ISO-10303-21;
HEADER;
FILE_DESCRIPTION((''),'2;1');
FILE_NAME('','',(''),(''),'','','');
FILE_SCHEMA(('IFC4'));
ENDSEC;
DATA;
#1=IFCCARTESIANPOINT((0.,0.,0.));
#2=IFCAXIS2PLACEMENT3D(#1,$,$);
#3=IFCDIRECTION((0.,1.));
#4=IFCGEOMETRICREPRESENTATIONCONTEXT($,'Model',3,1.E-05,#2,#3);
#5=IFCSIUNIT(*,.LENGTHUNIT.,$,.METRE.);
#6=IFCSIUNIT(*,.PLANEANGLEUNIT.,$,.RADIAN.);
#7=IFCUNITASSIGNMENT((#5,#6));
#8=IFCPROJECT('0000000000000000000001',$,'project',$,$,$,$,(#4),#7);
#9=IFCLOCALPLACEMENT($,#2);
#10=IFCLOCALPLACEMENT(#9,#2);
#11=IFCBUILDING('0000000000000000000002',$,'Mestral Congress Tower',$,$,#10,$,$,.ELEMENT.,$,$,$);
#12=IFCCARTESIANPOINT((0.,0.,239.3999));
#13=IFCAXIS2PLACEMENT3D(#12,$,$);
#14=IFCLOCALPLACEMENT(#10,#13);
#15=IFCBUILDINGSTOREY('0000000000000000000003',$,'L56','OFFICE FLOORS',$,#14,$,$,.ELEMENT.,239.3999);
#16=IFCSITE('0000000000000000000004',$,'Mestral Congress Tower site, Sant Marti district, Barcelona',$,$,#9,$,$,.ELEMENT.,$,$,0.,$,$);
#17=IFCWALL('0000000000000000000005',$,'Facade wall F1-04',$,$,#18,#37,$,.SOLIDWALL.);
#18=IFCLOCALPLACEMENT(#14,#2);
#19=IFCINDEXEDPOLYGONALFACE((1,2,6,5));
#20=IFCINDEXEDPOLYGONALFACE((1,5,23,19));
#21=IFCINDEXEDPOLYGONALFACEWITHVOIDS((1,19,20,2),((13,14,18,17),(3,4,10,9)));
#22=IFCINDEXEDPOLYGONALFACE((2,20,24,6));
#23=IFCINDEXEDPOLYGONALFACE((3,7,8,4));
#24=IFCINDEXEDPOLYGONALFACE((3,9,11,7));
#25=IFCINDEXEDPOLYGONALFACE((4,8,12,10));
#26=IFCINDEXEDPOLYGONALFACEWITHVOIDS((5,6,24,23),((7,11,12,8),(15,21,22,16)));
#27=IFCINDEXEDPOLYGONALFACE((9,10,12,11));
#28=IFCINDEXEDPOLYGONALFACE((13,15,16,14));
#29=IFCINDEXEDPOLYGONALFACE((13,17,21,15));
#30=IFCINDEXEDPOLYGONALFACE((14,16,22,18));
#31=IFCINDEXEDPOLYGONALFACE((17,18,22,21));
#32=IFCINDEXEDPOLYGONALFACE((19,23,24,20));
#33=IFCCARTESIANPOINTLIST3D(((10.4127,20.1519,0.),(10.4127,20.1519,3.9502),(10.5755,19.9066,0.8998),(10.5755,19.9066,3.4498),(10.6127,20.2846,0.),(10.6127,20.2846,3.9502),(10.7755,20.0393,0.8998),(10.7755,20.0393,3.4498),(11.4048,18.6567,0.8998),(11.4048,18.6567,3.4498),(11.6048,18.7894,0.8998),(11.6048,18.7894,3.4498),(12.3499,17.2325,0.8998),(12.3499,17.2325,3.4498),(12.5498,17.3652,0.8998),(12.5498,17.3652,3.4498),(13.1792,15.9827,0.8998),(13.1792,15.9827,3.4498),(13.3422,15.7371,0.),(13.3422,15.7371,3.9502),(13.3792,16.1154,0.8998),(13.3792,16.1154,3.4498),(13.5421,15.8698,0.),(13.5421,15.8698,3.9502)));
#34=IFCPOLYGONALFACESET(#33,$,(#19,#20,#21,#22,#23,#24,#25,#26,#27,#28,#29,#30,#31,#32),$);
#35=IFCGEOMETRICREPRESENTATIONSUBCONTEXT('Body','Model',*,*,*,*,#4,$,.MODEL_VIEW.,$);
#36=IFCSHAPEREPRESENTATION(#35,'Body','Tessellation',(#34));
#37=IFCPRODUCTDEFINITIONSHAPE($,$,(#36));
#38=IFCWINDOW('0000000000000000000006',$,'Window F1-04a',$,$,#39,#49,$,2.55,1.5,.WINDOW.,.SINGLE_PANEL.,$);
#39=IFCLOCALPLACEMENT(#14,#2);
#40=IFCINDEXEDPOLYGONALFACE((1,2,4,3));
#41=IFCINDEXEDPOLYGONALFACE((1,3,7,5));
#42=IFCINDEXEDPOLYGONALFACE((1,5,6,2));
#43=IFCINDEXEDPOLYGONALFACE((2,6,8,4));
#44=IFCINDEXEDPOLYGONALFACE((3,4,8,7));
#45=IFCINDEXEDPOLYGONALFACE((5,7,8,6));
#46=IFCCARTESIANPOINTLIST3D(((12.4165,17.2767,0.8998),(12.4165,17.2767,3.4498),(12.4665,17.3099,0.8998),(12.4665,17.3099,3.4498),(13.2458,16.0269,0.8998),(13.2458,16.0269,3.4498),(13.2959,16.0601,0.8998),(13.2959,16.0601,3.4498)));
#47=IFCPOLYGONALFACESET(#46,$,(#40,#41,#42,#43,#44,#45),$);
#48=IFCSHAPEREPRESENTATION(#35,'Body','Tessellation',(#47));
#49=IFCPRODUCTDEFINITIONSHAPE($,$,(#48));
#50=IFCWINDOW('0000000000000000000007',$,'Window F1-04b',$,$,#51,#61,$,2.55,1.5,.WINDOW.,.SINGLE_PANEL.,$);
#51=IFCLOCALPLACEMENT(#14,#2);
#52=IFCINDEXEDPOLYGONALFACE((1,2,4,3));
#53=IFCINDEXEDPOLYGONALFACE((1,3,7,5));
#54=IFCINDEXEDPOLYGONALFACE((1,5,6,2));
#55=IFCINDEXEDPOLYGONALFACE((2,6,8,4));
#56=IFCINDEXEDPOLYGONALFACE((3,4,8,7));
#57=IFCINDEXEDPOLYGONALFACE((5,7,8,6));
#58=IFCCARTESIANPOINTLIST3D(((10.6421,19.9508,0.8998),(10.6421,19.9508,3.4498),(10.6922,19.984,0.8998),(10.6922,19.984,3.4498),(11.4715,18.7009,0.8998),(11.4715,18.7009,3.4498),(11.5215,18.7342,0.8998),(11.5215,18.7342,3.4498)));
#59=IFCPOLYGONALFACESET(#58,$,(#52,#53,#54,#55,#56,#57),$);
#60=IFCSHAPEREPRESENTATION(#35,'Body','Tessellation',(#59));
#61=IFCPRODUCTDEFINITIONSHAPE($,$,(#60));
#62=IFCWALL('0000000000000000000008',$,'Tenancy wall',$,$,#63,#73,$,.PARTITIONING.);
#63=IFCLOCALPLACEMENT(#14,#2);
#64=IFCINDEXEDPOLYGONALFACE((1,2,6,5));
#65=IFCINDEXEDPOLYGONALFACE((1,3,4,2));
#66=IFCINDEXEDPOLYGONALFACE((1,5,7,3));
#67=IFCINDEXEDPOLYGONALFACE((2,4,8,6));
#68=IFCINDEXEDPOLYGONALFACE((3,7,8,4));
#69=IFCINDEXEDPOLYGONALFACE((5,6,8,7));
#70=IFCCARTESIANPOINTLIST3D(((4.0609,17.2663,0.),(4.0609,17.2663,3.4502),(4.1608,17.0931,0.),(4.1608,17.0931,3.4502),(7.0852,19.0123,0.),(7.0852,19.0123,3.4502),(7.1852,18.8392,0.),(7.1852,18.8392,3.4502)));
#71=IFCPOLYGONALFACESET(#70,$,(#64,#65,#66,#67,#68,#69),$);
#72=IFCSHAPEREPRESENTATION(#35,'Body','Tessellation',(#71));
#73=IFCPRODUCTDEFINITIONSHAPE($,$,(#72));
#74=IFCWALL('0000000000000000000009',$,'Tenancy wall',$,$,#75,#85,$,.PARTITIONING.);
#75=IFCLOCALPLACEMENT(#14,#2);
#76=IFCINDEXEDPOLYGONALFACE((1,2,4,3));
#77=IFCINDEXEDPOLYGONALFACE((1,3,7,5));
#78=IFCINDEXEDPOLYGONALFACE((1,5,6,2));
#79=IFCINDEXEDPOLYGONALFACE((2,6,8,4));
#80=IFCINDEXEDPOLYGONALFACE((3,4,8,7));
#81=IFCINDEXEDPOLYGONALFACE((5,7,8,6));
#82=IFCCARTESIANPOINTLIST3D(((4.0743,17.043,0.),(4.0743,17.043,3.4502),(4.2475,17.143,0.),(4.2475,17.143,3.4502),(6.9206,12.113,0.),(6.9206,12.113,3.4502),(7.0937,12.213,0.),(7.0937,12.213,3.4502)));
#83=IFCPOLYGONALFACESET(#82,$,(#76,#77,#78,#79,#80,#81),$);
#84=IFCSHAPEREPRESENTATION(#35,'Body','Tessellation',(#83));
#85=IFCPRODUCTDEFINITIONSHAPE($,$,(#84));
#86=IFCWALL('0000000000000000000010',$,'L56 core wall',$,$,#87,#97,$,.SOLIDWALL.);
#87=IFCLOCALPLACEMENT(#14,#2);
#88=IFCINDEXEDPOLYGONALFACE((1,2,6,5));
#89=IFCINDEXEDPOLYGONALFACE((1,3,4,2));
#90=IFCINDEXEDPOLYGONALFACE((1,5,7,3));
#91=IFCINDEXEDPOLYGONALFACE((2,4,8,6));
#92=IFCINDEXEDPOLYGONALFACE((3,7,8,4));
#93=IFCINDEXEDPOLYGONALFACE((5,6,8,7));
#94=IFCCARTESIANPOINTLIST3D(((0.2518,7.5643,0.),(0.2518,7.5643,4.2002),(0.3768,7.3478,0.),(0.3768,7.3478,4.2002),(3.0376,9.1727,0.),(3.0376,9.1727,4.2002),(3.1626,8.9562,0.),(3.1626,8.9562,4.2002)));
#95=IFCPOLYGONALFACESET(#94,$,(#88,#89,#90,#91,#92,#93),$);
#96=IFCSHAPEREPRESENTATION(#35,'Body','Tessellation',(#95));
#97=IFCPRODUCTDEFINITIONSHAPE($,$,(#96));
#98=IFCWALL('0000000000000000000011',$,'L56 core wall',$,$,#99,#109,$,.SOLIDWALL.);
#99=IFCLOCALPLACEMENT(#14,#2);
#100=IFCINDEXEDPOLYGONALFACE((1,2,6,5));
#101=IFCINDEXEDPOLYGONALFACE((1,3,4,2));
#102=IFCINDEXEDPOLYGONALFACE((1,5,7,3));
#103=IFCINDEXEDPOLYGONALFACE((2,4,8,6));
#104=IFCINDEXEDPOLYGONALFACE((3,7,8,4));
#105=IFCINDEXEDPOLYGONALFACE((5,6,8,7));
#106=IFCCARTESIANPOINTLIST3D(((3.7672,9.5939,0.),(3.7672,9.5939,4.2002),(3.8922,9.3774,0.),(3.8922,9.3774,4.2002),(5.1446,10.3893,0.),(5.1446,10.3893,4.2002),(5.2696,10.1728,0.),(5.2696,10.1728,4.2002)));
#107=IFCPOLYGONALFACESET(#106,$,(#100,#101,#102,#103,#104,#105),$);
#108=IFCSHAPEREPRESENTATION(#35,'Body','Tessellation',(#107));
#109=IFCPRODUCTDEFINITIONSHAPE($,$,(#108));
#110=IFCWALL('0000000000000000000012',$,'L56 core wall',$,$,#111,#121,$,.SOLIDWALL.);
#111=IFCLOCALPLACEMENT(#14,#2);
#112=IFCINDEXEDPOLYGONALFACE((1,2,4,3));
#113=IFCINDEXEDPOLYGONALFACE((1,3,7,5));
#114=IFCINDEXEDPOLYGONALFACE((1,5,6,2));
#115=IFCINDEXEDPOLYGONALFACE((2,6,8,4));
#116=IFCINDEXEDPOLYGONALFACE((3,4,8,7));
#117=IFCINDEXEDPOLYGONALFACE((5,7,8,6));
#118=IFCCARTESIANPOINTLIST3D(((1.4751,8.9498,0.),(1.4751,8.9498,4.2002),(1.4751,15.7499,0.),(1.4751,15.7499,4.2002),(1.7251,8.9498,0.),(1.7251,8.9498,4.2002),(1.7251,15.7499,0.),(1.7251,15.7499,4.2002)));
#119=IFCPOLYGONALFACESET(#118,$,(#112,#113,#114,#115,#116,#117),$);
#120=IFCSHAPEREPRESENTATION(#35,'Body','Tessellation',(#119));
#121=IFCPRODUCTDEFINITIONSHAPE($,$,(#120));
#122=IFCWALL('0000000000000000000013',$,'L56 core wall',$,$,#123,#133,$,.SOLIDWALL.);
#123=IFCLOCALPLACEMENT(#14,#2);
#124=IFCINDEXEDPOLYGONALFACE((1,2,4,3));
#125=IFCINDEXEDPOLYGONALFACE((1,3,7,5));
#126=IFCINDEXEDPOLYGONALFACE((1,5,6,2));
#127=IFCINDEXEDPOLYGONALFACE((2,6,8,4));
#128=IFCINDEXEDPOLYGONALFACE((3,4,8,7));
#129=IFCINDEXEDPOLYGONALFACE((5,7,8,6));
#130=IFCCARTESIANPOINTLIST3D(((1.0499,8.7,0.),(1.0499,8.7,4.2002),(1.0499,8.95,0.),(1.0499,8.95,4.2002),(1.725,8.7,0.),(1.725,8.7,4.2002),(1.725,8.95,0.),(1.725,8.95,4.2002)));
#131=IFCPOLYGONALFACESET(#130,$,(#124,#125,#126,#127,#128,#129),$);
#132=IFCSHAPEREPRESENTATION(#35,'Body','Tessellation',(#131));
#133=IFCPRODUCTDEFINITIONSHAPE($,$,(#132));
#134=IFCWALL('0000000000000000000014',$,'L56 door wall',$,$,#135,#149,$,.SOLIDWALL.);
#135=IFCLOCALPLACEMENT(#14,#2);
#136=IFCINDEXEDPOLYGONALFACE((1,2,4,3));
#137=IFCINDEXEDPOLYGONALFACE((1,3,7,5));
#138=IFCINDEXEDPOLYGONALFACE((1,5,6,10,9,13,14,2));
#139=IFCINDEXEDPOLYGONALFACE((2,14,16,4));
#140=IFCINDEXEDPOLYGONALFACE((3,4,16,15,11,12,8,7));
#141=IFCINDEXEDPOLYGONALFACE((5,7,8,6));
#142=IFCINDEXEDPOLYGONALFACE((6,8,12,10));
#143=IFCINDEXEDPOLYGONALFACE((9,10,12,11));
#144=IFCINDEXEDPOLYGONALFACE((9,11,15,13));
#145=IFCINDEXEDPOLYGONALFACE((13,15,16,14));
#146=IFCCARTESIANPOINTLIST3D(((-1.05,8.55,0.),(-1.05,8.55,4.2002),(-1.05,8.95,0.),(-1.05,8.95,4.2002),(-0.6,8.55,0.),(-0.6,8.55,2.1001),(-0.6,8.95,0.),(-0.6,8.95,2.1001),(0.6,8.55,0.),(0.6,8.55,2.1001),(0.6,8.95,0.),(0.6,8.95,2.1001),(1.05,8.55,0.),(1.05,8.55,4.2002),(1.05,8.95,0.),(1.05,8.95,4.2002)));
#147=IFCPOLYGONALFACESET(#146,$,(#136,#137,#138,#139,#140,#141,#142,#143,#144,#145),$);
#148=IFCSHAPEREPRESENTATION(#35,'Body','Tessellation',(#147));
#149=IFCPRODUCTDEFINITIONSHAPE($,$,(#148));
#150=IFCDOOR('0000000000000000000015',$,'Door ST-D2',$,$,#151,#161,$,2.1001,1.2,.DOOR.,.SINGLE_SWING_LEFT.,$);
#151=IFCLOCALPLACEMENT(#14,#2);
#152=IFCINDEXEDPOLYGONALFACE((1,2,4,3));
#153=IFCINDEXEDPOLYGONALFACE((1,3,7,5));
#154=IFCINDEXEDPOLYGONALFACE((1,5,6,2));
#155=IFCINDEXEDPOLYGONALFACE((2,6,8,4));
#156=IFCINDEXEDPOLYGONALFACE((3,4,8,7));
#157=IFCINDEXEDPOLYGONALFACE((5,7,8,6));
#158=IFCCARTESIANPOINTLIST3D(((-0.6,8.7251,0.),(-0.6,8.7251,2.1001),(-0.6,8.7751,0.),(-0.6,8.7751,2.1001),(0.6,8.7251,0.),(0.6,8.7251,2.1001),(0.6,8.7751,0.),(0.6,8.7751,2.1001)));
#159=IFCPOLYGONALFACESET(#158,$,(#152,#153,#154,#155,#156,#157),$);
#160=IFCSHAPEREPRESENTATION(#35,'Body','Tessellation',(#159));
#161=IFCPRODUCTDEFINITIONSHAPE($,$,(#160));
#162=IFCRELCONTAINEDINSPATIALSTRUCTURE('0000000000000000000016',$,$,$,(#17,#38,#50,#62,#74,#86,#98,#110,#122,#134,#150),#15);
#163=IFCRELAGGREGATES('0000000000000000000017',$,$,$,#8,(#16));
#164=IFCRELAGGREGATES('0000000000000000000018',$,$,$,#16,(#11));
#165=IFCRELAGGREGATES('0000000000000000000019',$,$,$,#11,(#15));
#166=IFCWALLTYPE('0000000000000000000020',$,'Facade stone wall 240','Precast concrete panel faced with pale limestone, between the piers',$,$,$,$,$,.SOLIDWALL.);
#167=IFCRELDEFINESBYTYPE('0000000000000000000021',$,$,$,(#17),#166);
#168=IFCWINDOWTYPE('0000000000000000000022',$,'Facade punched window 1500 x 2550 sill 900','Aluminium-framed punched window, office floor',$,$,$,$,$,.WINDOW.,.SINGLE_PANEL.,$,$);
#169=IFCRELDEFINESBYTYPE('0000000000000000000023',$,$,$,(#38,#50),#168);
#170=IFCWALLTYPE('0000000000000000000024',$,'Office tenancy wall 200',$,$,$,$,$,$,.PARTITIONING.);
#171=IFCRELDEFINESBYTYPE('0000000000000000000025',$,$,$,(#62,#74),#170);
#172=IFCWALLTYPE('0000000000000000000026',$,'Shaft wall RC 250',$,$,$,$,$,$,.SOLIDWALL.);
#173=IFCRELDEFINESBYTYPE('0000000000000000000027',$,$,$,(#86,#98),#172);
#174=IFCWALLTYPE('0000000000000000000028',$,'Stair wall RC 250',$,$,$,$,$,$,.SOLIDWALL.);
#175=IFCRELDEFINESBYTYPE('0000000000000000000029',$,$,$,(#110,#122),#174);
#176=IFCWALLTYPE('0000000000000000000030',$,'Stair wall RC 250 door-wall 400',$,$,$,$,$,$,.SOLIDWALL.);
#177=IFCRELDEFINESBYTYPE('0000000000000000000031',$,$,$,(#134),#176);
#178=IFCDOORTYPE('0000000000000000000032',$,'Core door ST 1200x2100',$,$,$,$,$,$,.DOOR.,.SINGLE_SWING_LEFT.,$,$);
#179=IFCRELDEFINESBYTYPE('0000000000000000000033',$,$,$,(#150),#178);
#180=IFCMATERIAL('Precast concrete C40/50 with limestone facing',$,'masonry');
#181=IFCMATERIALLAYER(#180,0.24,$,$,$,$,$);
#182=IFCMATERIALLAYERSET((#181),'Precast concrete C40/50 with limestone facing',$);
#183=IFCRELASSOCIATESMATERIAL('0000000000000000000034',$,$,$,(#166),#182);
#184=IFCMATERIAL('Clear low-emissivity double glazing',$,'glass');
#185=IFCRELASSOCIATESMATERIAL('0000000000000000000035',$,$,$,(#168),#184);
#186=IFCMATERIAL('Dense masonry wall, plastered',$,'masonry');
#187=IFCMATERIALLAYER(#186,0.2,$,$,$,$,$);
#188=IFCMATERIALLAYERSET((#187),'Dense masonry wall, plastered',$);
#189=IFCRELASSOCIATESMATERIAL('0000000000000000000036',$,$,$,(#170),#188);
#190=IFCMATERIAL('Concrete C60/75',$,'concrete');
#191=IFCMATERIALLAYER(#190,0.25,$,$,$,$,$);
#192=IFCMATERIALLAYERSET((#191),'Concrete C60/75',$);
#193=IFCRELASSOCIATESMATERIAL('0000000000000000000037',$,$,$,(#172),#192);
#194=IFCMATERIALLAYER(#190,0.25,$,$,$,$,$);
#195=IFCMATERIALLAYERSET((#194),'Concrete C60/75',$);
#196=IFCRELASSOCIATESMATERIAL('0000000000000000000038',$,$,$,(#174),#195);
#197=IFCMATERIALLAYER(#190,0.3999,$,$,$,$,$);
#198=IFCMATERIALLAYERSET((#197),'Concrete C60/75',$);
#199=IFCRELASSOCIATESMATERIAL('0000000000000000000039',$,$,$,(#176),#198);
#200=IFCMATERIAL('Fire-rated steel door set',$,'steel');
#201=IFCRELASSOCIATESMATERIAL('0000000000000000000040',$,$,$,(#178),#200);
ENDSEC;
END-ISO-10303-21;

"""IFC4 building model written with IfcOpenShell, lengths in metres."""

from ifc_helpers import new_model, si_unit, direction, frame, frame_2d, origin, place, context, subcontext, project, spatial, rectangle, extrude, material, layer, layer_set, type_object, element, fill, save


model = new_model("IFC4")

# Units and contexts
model_context = context("Model", 3, precision=1e-05, world=origin(), true_north=direction((0.0, 1.0)))
body_context = subcontext(model_context, "Body", "Model", "MODEL_VIEW")
ifc_project = project(units=[si_unit("LENGTHUNIT", "METRE"), si_unit("PLANEANGLEUNIT", "RADIAN")], contexts=[model_context])

# Site, building, storey
site_placement = place(None, origin())
site = spatial("IfcSite", under=ifc_project, at=site_placement, Name="Mestral Congress Tower site, Sant Marti district, Barcelona", CompositionType="ELEMENT", RefElevation=0.0)
building_placement = place(site_placement, origin())
building = spatial("IfcBuilding", under=site, at=building_placement, Name="Mestral Congress Tower", CompositionType="ELEMENT")
storey_placement = place(building_placement, frame((0.0, 0.0, 239.3999)))
storey = spatial("IfcBuildingStorey", under=building, at=storey_placement, Name="L56", Description="OFFICE FLOORS", CompositionType="ELEMENT", Elevation=239.3999)

# Shared definitions
ifc_material_1 = material(Name="Concrete C60/75", Category="concrete")

# Shared definitions
ifc_material_2 = material(Name="Fire-rated steel door set", Category="steel")

# Wall, openings, windows
ifc_material_3 = material(Name="Precast concrete C40/50 with limestone facing", Category="masonry")
ifc_layer_1 = layer(ifc_material_3, 0.24)
ifc_layer_set_1 = layer_set([ifc_layer_1], Name="Precast concrete C40/50 with limestone facing")
wall_type_1 = type_object("IfcWallType", Name="Facade stone wall 240", Description="Precast concrete panel faced with pale limestone, between the piers", PredefinedType="SOLIDWALL", material=ifc_layer_set_1)
ifc_material_4 = material(Name="Clear low-emissivity double glazing", Category="glass")
window_type = type_object("IfcWindowType", Name="Facade punched window 1500 x 2550 sill 900", Description="Aluminium-framed punched window, office floor", PartitioningType="SINGLE_PANEL", PredefinedType="WINDOW", material=ifc_material_4)
wall_1_placement = place(storey_placement, frame((13.4421, 15.8035, 0.0), z_axis=(0.0, 0.0, 1.0), x_axis=(-0.552902, 0.833246, 0.0)))
wall_1 = element("IfcWall", 1, at=wall_1_placement, inside=storey, type_object=wall_type_1, Name="Facade wall F1-04", PredefinedType="SOLIDWALL", context=body_context, shape_type="SweptSolid", body=[
    extrude(rectangle(XDim=5.2983, YDim=0.24, at=frame_2d((2.6492, 0.0))), origin(), (0.0, 0.0, 1.0), 3.9502),
])
opening_1_placement = place(wall_1_placement, frame((0.2947, 0.0, 0.8999)))
opening_1 = element("IfcOpeningElement", 2, at=opening_1_placement, cuts=wall_1, PredefinedType="OPENING", context=body_context, shape_type="SweptSolid", body=[
    extrude(rectangle(XDim=1.5, YDim=2.55, at=frame_2d((0.75, 1.2749))), frame((0.0, 0.1299, 0.0), z_axis=(0.0, -1.0, 0.0), x_axis=(1.0, 0.0, 0.0)), (0.0, 0.0, 1.0), 0.26),
])
opening_2_placement = place(wall_1_placement, frame((3.5039, 0.0, 0.8999)))
opening_2 = element("IfcOpeningElement", 3, at=opening_2_placement, cuts=wall_1, PredefinedType="OPENING", context=body_context, shape_type="SweptSolid", body=[
    extrude(rectangle(XDim=1.5, YDim=2.55, at=frame_2d((0.75, 1.2749))), frame((0.0, 0.1299, 0.0), z_axis=(0.0, -1.0, 0.0), x_axis=(1.0, 0.0, 0.0)), (0.0, 0.0, 1.0), 0.26),
])
window_1_placement = place(opening_1_placement, origin())
window_1 = element("IfcWindow", 4, at=window_1_placement, inside=storey, type_object=window_type, Name="Window F1-04a", OverallHeight=2.55, OverallWidth=1.5, PartitioningType="SINGLE_PANEL", PredefinedType="WINDOW", context=body_context, shape_type="SweptSolid", body=[
    extrude(rectangle(XDim=1.5, YDim=2.55, at=frame_2d((0.75, 1.2749))), frame((0.0, 0.04, 0.0), z_axis=(0.0, -1.0, 0.0), x_axis=(1.0, 0.0, 0.0)), (0.0, 0.0, 1.0), 0.0601),
])
fill(opening_1, window_1)
window_2_placement = place(opening_2_placement, origin())
window_2 = element("IfcWindow", 5, at=window_2_placement, inside=storey, type_object=window_type, Name="Window F1-04b", OverallHeight=2.55, OverallWidth=1.5, PartitioningType="SINGLE_PANEL", PredefinedType="WINDOW", context=body_context, shape_type="SweptSolid", body=[
    extrude(rectangle(XDim=1.5, YDim=2.55, at=frame_2d((0.75, 1.2749))), frame((0.0, 0.04, 0.0), z_axis=(0.0, -1.0, 0.0), x_axis=(1.0, 0.0, 0.0)), (0.0, 0.0, 1.0), 0.0601),
])
fill(opening_2, window_2)

# Walls
ifc_material_5 = material(Name="Dense masonry wall, plastered", Category="masonry")
ifc_layer_2 = layer(ifc_material_5, 0.2)
ifc_layer_set_2 = layer_set([ifc_layer_2], Name="Dense masonry wall, plastered")
wall_type_2 = type_object("IfcWallType", Name="Office tenancy wall 200", PredefinedType="PARTITIONING", material=ifc_layer_set_2)
wall_2_placement = place(storey_placement, frame((4.1108, 17.1797, 0.0), z_axis=(0.0, 0.0, 1.0), x_axis=(0.866032, 0.499989, 0.0)))
element("IfcWall", 6, at=wall_2_placement, inside=storey, type_object=wall_type_2, Name="Tenancy wall", PredefinedType="PARTITIONING", context=body_context, shape_type="SweptSolid", body=[
    extrude(rectangle(XDim=3.4922, YDim=0.2, at=frame_2d((1.7461, 0.0))), origin(), (0.0, 0.0, 1.0), 3.4502),
])
wall_3_placement = place(storey_placement, frame((7.0071, 12.1631, 0.0), z_axis=(0.0, 0.0, 1.0), x_axis=(-0.499986, 0.866033, 0.0)))
element("IfcWall", 7, at=wall_3_placement, inside=storey, type_object=wall_type_2, Name="Tenancy wall", PredefinedType="PARTITIONING", context=body_context, shape_type="SweptSolid", body=[
    extrude(rectangle(XDim=5.6926, YDim=0.2, at=frame_2d((2.8462, 0.0))), origin(), (0.0, 0.0, 1.0), 3.4502),
])
ifc_layer_3 = layer(ifc_material_1, 0.25)
ifc_layer_set_3 = layer_set([ifc_layer_3], Name="Concrete C60/75")
wall_type_3 = type_object("IfcWallType", Name="Shaft wall RC 250", PredefinedType="SOLIDWALL", material=ifc_layer_set_3)
wall_4_placement = place(storey_placement, frame((3.1001, 9.0645, 0.0), z_axis=(0.0, 0.0, 1.0), x_axis=(-0.86603, -0.499992, 0.0)))
element("IfcWall", 8, at=wall_4_placement, inside=storey, type_object=wall_type_3, Name="L56 core wall", PredefinedType="SOLIDWALL", context=body_context, shape_type="SweptSolid", body=[
    extrude(rectangle(XDim=3.2168, YDim=0.25, at=frame_2d((1.6084, 0.0))), origin(), (0.0, 0.0, 1.0), 4.2002),
])
wall_5_placement = place(storey_placement, frame((3.8296, 9.4856, 0.0), z_axis=(0.0, 0.0, 1.0), x_axis=(0.865986, 0.500068, 0.0)))
element("IfcWall", 9, at=wall_5_placement, inside=storey, type_object=wall_type_3, Name="L56 core wall", PredefinedType="SOLIDWALL", context=body_context, shape_type="SweptSolid", body=[
    extrude(rectangle(XDim=1.5906, YDim=0.25, at=frame_2d((0.7954, 0.0))), origin(), (0.0, 0.0, 1.0), 4.2002),
])
ifc_layer_4 = layer(ifc_material_1, 0.25)
ifc_layer_set_4 = layer_set([ifc_layer_4], Name="Concrete C60/75")
wall_type_4 = type_object("IfcWallType", Name="Stair wall RC 250", PredefinedType="SOLIDWALL", material=ifc_layer_set_4)
wall_6_placement = place(storey_placement, frame((1.6001, 8.95, 0.0), z_axis=(0.0, 0.0, 1.0), x_axis=(0.0, 1.0, 0.0)))
element("IfcWall", 10, at=wall_6_placement, inside=storey, type_object=wall_type_4, Name="L56 core wall", PredefinedType="SOLIDWALL", context=body_context, shape_type="SweptSolid", body=[
    extrude(rectangle(XDim=6.8, YDim=0.25, at=frame_2d((3.3999, 0.0))), origin(), (0.0, 0.0, 1.0), 4.2002),
])
wall_7_placement = place(storey_placement, frame((1.05, 8.825, 0.0), z_axis=(0.0, 0.0, 1.0), x_axis=(1.0, 0.0, 0.0)))
element("IfcWall", 11, at=wall_7_placement, inside=storey, type_object=wall_type_4, Name="L56 core wall", PredefinedType="SOLIDWALL", context=body_context, shape_type="SweptSolid", body=[
    extrude(rectangle(XDim=0.675, YDim=0.25, at=frame_2d((0.3374, 0.0))), origin(), (0.0, 0.0, 1.0), 4.2002),
])

# Wall, opening, door
ifc_layer_5 = layer(ifc_material_1, 0.3999)
ifc_layer_set_5 = layer_set([ifc_layer_5], Name="Concrete C60/75")
wall_type_5 = type_object("IfcWallType", Name="Stair wall RC 250 door-wall 400", PredefinedType="SOLIDWALL", material=ifc_layer_set_5)
wall_8_placement = place(storey_placement, frame((1.05, 8.75, 0.0), z_axis=(0.0, 0.0, 1.0), x_axis=(-1.0, 0.0, 0.0)))
wall_8 = element("IfcWall", 12, at=wall_8_placement, inside=storey, type_object=wall_type_5, Name="L56 door wall", PredefinedType="SOLIDWALL", context=body_context, shape_type="SweptSolid", body=[
    extrude(rectangle(XDim=2.1001, YDim=0.3999, at=frame_2d((1.05, 0.0))), origin(), (0.0, 0.0, 1.0), 4.2002),
])
opening_3_placement = place(wall_8_placement, frame((0.45, 0.0, 0.0)))
opening_3 = element("IfcOpeningElement", 13, at=opening_3_placement, cuts=wall_8, PredefinedType="OPENING", context=body_context, shape_type="SweptSolid", body=[
    extrude(rectangle(XDim=1.2, YDim=2.1001, at=frame_2d((0.6001, 1.05))), frame((0.0, 0.21, 0.0), z_axis=(0.0, -1.0, 0.0), x_axis=(1.0, 0.0, 0.0)), (0.0, 0.0, 1.0), 0.4199),
])
door_type_1 = type_object("IfcDoorType", Name="Core door ST 1200x2100", OperationType="SINGLE_SWING_LEFT", PredefinedType="DOOR", material=ifc_material_2)
door_1_placement = place(opening_3_placement, origin())
door_1 = element("IfcDoor", 14, at=door_1_placement, inside=storey, type_object=door_type_1, Name="Door ST-D2", OperationType="SINGLE_SWING_LEFT", OverallHeight=2.1001, OverallWidth=1.2, PredefinedType="DOOR", context=body_context, shape_type="SweptSolid", body=[
    extrude(rectangle(XDim=1.2, YDim=2.1001, at=frame_2d((0.6001, 1.05))), frame((0.0, 0.0249, 0.0), z_axis=(0.0, -1.0, 0.0), x_axis=(1.0, 0.0, 0.0)), (0.0, 0.0, 1.0), 0.05),
])
fill(opening_3, door_1)

save(model, "model.ifc")
